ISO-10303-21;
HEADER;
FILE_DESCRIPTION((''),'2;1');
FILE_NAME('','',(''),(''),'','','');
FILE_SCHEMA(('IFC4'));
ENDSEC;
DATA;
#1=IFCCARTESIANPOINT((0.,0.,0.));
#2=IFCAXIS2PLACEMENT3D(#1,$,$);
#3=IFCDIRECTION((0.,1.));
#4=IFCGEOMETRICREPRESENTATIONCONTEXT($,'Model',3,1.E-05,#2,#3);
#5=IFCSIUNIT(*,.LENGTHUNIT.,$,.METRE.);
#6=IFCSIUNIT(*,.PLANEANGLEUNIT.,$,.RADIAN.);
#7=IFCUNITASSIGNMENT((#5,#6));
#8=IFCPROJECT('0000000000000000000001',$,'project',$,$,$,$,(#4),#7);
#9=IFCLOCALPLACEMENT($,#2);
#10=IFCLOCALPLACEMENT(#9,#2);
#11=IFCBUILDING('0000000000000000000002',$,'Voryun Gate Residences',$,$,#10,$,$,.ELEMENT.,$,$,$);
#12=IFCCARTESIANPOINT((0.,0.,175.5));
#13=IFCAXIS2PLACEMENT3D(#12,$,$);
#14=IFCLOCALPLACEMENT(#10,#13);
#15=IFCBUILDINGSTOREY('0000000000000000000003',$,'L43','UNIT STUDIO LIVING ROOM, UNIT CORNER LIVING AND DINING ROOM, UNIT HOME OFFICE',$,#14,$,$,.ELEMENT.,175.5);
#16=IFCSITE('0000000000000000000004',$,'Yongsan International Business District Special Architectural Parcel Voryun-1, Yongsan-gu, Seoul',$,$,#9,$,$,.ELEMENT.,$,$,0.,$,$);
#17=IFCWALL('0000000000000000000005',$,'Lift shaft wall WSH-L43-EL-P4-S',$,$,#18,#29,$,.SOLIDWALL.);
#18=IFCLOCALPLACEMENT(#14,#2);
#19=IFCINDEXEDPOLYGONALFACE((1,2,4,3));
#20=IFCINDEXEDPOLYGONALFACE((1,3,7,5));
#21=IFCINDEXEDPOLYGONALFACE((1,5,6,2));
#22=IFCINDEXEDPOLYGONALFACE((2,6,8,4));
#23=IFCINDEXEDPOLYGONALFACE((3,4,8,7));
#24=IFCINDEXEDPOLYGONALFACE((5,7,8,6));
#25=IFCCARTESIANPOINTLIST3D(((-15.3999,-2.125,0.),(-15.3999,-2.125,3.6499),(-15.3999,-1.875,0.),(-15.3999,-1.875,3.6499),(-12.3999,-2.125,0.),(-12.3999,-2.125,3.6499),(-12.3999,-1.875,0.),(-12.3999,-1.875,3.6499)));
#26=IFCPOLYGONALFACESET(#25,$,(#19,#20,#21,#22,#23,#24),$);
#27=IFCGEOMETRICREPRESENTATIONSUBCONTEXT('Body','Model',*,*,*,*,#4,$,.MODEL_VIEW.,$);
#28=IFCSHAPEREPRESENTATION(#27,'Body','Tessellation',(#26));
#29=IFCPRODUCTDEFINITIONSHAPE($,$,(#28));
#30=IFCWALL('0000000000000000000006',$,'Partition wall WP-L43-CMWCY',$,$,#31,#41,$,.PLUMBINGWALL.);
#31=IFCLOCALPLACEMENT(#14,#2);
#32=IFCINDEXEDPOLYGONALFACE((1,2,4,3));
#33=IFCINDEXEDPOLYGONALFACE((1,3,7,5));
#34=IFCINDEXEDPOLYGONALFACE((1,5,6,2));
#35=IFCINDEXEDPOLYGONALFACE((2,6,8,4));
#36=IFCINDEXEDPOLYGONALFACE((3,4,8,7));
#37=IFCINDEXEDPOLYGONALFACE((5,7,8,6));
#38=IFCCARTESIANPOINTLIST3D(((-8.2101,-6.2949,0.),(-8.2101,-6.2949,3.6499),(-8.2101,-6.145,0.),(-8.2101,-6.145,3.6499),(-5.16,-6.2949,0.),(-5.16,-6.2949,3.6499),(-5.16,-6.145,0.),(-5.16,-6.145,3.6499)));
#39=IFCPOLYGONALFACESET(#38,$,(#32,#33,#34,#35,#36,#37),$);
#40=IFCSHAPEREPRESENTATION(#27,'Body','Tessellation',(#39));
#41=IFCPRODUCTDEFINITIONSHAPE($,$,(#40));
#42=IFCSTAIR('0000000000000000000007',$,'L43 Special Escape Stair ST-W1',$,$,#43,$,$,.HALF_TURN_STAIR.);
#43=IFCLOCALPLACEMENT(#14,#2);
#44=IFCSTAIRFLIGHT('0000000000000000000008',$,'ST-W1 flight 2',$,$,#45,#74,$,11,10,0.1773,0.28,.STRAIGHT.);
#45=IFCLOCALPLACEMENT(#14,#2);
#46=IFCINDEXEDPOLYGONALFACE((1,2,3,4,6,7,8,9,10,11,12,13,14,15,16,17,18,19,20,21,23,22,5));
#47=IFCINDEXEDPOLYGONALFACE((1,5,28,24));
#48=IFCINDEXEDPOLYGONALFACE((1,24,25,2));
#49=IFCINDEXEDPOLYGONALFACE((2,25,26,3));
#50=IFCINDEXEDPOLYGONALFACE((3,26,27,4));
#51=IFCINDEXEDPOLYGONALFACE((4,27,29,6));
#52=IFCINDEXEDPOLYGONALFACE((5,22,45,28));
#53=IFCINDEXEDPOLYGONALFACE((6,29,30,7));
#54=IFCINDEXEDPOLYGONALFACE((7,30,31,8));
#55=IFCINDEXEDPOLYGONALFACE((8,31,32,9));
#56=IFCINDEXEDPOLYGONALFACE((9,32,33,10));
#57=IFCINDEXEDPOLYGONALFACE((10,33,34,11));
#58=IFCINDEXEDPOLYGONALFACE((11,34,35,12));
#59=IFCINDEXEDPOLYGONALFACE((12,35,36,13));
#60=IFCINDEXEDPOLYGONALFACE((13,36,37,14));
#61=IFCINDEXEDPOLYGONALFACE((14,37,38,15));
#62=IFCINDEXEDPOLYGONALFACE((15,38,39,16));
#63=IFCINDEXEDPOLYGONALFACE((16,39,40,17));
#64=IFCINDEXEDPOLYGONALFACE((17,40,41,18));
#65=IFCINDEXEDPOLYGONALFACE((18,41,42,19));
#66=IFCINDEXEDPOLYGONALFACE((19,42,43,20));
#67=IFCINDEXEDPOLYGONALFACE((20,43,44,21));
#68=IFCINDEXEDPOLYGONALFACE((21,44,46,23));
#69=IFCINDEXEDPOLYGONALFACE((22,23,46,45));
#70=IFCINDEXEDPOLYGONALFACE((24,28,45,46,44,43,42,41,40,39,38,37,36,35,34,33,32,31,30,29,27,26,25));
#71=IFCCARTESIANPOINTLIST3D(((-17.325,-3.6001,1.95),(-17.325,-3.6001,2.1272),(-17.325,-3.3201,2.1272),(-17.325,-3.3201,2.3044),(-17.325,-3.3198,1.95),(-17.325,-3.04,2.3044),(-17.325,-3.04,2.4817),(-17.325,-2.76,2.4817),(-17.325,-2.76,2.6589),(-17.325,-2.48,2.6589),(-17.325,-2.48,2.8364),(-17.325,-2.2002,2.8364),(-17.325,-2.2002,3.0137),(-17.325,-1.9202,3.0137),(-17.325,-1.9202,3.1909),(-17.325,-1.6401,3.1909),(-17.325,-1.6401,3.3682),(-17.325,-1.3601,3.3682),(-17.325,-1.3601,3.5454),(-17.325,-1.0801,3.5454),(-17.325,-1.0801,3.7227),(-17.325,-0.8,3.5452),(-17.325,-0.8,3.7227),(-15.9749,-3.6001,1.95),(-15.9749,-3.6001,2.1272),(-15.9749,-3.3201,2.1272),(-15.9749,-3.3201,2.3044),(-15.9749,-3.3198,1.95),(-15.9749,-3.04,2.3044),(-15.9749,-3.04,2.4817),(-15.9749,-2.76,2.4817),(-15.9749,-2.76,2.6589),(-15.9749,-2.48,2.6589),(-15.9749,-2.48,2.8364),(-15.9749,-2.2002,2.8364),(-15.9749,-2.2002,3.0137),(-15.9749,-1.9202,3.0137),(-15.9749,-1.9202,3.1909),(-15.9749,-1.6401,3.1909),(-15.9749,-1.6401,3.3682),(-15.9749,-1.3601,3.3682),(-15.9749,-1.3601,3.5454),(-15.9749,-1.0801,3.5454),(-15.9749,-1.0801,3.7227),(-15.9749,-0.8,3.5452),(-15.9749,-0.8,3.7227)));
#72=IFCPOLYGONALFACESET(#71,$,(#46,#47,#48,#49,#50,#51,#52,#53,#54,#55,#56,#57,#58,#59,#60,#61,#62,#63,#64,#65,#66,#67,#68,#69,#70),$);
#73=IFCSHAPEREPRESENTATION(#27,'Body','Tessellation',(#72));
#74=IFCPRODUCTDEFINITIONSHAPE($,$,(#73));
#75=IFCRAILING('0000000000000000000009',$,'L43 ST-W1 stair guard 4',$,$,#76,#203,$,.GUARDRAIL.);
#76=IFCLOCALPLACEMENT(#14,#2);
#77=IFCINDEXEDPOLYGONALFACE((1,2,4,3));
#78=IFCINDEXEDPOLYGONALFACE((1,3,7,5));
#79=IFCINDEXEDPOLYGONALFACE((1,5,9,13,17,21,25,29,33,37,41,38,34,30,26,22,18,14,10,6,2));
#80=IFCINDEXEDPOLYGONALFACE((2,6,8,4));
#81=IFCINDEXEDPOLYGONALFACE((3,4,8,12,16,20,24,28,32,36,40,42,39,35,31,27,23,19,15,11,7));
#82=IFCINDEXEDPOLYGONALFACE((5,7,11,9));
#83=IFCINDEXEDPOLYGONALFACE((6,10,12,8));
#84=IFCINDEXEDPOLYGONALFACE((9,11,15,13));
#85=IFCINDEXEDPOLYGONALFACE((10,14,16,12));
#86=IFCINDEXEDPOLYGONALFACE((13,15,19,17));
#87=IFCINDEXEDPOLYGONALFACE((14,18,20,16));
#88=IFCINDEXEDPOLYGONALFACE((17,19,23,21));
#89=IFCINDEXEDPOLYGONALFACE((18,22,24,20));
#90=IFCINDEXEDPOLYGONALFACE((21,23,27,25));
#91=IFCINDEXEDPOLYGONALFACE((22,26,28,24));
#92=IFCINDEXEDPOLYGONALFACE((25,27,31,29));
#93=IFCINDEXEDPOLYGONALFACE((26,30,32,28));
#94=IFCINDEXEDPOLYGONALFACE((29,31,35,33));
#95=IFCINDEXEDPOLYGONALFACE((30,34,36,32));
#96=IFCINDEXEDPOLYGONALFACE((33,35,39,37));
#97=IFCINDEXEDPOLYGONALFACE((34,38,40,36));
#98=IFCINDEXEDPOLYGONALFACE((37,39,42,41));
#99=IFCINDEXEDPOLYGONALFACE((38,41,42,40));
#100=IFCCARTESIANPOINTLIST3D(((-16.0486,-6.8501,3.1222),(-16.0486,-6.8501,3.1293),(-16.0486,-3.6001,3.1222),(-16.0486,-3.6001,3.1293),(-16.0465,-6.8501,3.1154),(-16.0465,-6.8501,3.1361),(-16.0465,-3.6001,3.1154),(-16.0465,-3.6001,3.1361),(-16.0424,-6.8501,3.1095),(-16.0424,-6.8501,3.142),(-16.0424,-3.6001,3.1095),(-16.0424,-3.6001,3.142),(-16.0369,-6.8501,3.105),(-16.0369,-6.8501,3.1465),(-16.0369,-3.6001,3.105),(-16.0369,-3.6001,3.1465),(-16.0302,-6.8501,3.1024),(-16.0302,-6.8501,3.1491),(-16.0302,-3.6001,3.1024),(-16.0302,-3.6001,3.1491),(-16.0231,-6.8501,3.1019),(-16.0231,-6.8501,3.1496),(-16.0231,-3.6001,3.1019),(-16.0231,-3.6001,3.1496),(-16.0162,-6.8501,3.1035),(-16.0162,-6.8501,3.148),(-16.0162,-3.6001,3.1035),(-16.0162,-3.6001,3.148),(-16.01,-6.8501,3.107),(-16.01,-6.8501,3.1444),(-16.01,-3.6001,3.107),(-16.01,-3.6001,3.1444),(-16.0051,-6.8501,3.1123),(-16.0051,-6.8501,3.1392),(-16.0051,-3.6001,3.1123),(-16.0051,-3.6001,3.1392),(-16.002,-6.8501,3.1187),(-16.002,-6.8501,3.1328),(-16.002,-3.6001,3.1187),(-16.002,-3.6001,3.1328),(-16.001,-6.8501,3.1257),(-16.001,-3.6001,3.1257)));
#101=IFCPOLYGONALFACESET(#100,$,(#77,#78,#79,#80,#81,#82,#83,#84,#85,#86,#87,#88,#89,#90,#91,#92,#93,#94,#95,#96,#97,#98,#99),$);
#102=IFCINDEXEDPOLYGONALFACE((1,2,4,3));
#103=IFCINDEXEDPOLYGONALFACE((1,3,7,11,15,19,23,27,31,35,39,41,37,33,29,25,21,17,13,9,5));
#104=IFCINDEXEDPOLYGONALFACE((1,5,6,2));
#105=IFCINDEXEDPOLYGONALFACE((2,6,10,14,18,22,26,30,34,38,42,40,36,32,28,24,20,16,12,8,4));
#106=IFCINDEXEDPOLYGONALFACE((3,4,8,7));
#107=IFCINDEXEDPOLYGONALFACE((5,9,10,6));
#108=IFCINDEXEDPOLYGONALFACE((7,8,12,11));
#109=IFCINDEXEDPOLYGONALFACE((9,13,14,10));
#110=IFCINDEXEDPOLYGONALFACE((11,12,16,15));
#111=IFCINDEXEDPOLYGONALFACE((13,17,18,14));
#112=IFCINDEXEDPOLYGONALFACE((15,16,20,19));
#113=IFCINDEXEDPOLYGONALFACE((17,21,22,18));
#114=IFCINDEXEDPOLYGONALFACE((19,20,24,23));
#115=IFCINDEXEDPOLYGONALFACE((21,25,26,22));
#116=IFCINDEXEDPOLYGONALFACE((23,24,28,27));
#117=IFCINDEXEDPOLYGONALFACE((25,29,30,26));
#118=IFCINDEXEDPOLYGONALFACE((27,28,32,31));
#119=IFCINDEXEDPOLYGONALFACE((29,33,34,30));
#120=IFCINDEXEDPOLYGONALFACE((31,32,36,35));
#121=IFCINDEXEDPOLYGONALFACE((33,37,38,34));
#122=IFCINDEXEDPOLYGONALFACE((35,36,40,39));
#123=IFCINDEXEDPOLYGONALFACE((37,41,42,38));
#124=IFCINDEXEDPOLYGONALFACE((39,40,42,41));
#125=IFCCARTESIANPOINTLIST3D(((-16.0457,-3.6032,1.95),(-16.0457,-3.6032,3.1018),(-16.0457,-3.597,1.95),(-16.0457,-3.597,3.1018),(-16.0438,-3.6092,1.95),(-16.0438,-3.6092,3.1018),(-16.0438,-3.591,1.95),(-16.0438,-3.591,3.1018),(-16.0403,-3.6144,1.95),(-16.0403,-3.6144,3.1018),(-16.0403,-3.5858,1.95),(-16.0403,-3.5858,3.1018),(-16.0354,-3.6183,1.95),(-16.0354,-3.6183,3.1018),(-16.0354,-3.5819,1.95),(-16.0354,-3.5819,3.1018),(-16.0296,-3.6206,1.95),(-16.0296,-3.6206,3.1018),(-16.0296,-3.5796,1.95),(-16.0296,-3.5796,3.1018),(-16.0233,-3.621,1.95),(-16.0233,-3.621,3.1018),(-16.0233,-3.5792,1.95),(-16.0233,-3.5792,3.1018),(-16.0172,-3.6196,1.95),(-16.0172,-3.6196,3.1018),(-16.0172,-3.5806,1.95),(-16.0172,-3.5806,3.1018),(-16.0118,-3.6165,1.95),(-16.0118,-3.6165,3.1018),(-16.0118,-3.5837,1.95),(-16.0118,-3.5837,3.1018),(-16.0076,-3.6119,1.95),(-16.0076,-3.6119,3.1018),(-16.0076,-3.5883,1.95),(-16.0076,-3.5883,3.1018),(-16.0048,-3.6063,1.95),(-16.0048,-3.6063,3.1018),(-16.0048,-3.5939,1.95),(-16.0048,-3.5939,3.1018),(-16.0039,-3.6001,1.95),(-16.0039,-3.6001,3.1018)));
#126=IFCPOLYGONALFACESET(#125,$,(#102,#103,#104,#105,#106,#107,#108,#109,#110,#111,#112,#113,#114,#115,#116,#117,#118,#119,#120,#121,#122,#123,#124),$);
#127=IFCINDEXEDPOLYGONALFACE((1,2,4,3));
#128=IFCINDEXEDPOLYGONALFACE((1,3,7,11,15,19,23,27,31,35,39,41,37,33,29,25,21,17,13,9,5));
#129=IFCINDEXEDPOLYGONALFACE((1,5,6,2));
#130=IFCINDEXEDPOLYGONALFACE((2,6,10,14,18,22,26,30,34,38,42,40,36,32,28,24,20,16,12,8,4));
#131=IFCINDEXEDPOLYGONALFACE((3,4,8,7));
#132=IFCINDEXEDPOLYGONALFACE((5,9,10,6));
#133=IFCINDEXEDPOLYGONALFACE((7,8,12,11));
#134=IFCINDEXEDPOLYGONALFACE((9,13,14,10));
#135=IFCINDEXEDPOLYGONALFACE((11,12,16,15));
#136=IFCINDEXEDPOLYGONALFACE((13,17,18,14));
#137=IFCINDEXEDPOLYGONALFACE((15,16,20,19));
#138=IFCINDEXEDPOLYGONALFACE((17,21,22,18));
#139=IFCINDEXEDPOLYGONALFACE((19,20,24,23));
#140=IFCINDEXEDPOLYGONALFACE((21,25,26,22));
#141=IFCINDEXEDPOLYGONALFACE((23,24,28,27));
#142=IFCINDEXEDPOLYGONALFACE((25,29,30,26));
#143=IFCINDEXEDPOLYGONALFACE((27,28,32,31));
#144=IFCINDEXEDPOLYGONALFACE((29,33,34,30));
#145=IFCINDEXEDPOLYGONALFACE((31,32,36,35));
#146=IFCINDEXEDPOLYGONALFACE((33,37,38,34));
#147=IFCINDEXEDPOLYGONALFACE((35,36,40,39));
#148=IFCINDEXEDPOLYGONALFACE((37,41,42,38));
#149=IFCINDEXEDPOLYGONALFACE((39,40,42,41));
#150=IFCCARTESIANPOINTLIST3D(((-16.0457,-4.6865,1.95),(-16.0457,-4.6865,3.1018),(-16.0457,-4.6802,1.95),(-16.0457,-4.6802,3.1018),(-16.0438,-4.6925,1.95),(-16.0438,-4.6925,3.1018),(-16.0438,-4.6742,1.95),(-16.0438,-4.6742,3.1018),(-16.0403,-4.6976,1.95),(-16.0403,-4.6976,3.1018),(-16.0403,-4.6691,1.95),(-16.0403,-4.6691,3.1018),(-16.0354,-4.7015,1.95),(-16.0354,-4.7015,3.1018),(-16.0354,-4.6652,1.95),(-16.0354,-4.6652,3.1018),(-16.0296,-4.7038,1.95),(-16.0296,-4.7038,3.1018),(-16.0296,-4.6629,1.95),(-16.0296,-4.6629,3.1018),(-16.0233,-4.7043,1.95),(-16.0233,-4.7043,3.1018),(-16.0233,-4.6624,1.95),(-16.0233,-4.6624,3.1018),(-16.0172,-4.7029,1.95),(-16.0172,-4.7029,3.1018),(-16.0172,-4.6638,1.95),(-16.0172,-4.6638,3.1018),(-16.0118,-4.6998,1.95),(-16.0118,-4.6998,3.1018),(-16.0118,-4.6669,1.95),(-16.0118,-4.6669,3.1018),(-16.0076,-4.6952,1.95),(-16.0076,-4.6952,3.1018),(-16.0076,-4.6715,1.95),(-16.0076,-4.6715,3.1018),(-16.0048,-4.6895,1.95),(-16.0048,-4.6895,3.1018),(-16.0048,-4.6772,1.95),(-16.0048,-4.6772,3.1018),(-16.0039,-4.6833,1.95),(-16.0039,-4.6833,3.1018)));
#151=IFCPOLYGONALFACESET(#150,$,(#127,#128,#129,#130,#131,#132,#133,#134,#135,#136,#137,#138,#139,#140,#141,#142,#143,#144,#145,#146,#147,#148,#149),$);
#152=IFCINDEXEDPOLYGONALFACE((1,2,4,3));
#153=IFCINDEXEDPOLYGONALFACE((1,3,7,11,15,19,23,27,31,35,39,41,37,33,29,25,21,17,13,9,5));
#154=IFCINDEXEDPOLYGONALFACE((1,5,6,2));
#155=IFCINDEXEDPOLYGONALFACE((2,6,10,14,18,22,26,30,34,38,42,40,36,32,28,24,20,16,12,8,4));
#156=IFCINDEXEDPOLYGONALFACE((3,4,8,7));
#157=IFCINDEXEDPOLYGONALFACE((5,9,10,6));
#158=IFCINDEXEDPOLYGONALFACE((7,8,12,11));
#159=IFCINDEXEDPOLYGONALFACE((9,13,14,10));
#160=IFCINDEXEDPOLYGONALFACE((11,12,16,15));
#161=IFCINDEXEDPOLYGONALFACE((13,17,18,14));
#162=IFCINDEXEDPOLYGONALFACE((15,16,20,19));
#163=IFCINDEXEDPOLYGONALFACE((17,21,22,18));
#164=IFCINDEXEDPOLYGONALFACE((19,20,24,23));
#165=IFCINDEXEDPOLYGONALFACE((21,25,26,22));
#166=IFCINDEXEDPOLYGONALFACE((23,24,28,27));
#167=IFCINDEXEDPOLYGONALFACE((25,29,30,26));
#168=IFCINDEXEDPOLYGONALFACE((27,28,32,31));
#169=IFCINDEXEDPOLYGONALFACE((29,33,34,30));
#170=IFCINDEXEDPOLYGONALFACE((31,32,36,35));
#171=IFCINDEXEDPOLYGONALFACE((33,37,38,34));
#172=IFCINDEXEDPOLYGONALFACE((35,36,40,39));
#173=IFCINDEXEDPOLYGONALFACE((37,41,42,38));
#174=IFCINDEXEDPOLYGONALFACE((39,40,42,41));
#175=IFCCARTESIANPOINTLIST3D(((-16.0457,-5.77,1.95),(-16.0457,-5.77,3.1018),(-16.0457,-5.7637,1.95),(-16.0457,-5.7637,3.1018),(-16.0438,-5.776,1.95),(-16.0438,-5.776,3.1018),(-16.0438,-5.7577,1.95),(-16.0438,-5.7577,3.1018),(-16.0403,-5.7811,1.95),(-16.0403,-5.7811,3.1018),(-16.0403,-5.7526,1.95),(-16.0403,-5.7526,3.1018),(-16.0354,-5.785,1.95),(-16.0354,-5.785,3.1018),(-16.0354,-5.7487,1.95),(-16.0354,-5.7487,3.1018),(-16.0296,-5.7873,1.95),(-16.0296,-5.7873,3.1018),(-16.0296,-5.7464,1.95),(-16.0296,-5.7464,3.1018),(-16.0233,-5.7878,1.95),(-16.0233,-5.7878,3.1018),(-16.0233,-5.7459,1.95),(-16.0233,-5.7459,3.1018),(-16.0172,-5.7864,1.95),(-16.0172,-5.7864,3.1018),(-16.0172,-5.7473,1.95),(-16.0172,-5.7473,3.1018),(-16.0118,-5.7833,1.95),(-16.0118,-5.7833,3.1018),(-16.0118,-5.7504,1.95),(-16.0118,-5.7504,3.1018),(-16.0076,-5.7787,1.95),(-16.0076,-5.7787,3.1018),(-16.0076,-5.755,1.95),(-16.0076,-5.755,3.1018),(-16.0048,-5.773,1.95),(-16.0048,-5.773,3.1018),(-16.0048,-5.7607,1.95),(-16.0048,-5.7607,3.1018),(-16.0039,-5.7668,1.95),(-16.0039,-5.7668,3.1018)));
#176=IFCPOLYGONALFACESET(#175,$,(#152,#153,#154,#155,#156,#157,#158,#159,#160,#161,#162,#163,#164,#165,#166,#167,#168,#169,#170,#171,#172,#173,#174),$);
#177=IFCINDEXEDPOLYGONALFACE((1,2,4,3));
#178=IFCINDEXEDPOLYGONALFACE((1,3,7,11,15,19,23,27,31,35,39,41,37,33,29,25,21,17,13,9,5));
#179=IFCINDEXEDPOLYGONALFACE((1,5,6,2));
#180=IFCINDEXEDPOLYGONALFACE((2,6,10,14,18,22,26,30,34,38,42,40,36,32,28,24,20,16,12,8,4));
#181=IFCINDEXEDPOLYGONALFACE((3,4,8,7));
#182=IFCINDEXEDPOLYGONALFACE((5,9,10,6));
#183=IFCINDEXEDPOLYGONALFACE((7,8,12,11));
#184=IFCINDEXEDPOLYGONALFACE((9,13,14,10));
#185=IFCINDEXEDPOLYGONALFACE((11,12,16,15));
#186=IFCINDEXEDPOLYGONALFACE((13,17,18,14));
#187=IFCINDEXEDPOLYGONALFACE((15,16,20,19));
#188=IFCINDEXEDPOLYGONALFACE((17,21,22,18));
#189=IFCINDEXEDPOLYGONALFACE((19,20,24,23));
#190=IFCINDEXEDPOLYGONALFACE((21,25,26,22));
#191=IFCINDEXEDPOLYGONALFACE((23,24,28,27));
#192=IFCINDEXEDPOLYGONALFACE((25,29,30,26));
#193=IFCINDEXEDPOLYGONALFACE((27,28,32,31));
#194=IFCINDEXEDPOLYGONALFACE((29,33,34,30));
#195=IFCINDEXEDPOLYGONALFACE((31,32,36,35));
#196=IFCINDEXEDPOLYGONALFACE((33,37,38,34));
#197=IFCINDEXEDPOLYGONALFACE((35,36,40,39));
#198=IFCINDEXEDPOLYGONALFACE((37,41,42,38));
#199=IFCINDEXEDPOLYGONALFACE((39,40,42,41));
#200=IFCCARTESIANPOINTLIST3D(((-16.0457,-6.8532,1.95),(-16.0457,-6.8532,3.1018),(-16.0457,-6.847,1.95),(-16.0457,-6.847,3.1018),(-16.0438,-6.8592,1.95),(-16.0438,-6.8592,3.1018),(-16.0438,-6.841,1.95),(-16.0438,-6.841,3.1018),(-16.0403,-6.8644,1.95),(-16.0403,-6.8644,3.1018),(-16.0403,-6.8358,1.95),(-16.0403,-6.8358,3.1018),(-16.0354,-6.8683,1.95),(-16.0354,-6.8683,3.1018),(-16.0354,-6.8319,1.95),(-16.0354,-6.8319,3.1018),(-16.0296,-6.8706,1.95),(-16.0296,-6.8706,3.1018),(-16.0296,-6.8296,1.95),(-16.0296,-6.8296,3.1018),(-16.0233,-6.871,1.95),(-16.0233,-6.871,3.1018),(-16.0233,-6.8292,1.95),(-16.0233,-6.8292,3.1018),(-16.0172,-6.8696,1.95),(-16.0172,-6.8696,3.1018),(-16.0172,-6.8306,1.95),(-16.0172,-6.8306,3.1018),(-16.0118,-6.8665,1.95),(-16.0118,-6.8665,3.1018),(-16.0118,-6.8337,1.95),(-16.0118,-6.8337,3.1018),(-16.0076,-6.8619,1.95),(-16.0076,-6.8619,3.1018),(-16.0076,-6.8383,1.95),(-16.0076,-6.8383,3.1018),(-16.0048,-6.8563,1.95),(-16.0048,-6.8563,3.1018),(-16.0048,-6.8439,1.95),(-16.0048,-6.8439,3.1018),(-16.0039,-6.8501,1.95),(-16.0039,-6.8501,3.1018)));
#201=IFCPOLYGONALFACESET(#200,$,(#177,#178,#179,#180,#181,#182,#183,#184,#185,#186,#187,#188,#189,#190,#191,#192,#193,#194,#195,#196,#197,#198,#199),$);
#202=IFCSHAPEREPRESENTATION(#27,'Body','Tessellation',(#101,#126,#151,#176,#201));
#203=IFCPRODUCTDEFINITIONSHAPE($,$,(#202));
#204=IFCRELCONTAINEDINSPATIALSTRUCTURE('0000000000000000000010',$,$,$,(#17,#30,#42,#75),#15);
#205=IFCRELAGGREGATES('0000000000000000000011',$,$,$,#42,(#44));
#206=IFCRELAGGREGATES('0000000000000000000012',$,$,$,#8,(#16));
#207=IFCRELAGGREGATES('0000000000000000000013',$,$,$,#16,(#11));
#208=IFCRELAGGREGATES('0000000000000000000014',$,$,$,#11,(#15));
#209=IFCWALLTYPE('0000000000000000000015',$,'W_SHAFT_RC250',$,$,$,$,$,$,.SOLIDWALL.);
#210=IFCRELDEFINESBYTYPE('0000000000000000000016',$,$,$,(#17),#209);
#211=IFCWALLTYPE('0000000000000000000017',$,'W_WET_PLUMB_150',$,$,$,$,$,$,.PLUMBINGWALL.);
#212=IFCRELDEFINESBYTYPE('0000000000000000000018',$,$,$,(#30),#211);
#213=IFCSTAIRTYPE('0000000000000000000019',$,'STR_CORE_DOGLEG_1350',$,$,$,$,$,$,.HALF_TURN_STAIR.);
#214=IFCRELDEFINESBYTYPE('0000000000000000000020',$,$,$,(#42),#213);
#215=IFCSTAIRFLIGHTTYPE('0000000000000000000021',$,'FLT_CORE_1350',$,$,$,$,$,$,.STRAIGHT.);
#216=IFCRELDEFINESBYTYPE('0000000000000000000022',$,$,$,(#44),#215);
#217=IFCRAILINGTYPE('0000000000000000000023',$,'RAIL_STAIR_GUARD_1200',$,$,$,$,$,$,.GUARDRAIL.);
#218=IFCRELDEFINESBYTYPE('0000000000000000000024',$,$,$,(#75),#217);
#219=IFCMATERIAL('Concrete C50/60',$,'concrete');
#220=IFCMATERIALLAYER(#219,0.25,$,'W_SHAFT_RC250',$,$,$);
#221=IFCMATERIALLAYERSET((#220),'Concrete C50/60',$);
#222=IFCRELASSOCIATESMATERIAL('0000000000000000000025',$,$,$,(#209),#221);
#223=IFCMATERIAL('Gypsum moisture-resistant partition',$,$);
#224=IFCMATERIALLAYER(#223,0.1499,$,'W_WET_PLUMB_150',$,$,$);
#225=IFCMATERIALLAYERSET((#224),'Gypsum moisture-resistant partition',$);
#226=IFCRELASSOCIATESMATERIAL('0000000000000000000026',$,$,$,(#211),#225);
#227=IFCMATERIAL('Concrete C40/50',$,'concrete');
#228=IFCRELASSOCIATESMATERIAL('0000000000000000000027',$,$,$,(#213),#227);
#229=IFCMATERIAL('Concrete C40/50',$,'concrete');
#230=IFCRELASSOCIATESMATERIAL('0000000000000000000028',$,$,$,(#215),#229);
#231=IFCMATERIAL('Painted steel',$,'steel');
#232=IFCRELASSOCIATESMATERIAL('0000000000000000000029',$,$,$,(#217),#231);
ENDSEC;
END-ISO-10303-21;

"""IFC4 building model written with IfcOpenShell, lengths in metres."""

from ifc_helpers import new_model, si_unit, direction, frame, frame_2d, origin, origin_2d, place, context, subcontext, project, spatial, polyline, rectangle, circle, outline, extrude, material, layer, layer_set, type_object, element, aggregate, save


model = new_model("IFC4")

# Units and contexts
model_context = context("Model", 3, precision=1e-05, world=origin(), true_north=direction((0.0, 1.0)))
body_context = subcontext(model_context, "Body", "Model", "MODEL_VIEW")
ifc_project = project(units=[si_unit("LENGTHUNIT", "METRE"), si_unit("PLANEANGLEUNIT", "RADIAN")], contexts=[model_context])

# Site, building, storey
site_placement = place(None, origin())
site = spatial("IfcSite", under=ifc_project, at=site_placement, Name="Yongsan International Business District Special Architectural Parcel Voryun-1, Yongsan-gu, Seoul", CompositionType="ELEMENT", RefElevation=0.0)
building_placement = place(site_placement, origin())
building = spatial("IfcBuilding", under=site, at=building_placement, Name="Voryun Gate Residences", CompositionType="ELEMENT")
storey_placement = place(building_placement, frame((0.0, 0.0, 175.5)))
storey = spatial("IfcBuildingStorey", under=building, at=storey_placement, Name="L43", Description="UNIT STUDIO LIVING ROOM, UNIT CORNER LIVING AND DINING ROOM, UNIT HOME OFFICE", CompositionType="ELEMENT", Elevation=175.5)

# Walls
ifc_material_1 = material(Name="Concrete C50/60", Category="concrete")
ifc_layer_1 = layer(ifc_material_1, 0.25, Name="W_SHAFT_RC250")
ifc_layer_set_1 = layer_set([ifc_layer_1], Name="Concrete C50/60")
wall_type_1 = type_object("IfcWallType", Name="W_SHAFT_RC250", PredefinedType="SOLIDWALL", material=ifc_layer_set_1)
wall_1_placement = place(storey_placement, frame((-15.3999, -2.0, 0.0), z_axis=(0.0, 0.0, 1.0), x_axis=(1.0, 0.0, 0.0)))
element("IfcWall", 1, at=wall_1_placement, inside=storey, type_object=wall_type_1, Name="Lift shaft wall WSH-L43-EL-P4-S", PredefinedType="SOLIDWALL", context=body_context, shape_type="SweptSolid", body=[
    extrude(rectangle(XDim=3.0, YDim=0.25, at=frame_2d((1.5, 0.0))), origin(), (0.0, 0.0, 1.0), 3.6499),
])
ifc_material_2 = material(Name="Gypsum moisture-resistant partition")
ifc_layer_2 = layer(ifc_material_2, 0.1499, Name="W_WET_PLUMB_150")
ifc_layer_set_2 = layer_set([ifc_layer_2], Name="Gypsum moisture-resistant partition")
wall_type_2 = type_object("IfcWallType", Name="W_WET_PLUMB_150", PredefinedType="PLUMBINGWALL", material=ifc_layer_set_2)
wall_2_placement = place(storey_placement, frame((-8.21, -6.22, 0.0), z_axis=(0.0, 0.0, 1.0), x_axis=(1.0, 0.0, 0.0)))
element("IfcWall", 2, at=wall_2_placement, inside=storey, type_object=wall_type_2, Name="Partition wall WP-L43-CMWCY", PredefinedType="PLUMBINGWALL", context=body_context, shape_type="SweptSolid", body=[
    extrude(rectangle(XDim=3.05, YDim=0.1499, at=frame_2d((1.5249, 0.0))), origin(), (0.0, 0.0, 1.0), 3.6499),
])

# Stair, stair flight
ifc_material_3 = material(Name="Concrete C40/50", Category="concrete")
stair_type = type_object("IfcStairType", Name="STR_CORE_DOGLEG_1350", PredefinedType="HALF_TURN_STAIR", material=ifc_material_3)
stair_placement = place(storey_placement, origin())
stair = element("IfcStair", 3, at=stair_placement, inside=storey, type_object=stair_type, Name="L43 Special Escape Stair ST-W1", PredefinedType="HALF_TURN_STAIR")
ifc_material_4 = material(Name="Concrete C40/50", Category="concrete")
stair_flight_type = type_object("IfcStairFlightType", Name="FLT_CORE_1350", PredefinedType="STRAIGHT", material=ifc_material_4)
stair_flight_placement = place(storey_placement, frame((-16.6499, -3.6001, 1.95), z_axis=(0.0, 0.0, 1.0), x_axis=(0.0, 1.0, 0.0)))
stair_flight = element("IfcStairFlight", 4, at=stair_flight_placement, type_object=stair_flight_type, Name="ST-W1 flight 2", NumberOfRisers=11, NumberOfTreads=10, PredefinedType="STRAIGHT", RiserHeight=0.1773, TreadLength=0.28, context=body_context, shape_type="SweptSolid", body=[
    extrude(outline(polyline([(0.0, 0.0), (0.0, 0.1772), (0.28, 0.1772), (0.28, 0.3545), (0.5601, 0.3545), (0.5601, 0.5317), (0.8401, 0.5317), (0.8401, 0.709), (1.1201, 0.709), (1.1201, 0.8865), (1.3999, 0.8865), (1.3999, 1.0637), (1.6799, 1.0637), (1.6799, 1.241), (1.96, 1.241), (1.96, 1.4182), (2.24, 1.4182), (2.24, 1.5955), (2.52, 1.5955), (2.52, 1.7727), (2.8, 1.7727), (2.8, 1.95), (2.8, 1.5952), (0.2803, 0.0), (0.0, 0.0)])), frame((0.0, 0.675, 0.0), z_axis=(0.0, -1.0, 0.0), x_axis=(1.0, 0.0, 0.0)), (0.0, 0.0, 1.0), 1.3501),
])
aggregate(stair, [stair_flight])

# Railing
ifc_material_5 = material(Name="Painted steel", Category="steel")
railing_type_1 = type_object("IfcRailingType", Name="RAIL_STAIR_GUARD_1200", PredefinedType="GUARDRAIL", material=ifc_material_5)
railing_1_placement = place(storey_placement, frame((-16.0249, -3.6001, 1.95)))
element("IfcRailing", 5, at=railing_1_placement, inside=storey, type_object=railing_type_1, Name="L43 ST-W1 stair guard 4", PredefinedType="GUARDRAIL", context=body_context, shape_type="SweptSolid", body=[
    extrude(circle(Radius=0.0239, at=origin_2d()), frame((0.0, 0.0, 1.1758), z_axis=(0.0, -1.0, 0.0), x_axis=(1.0, 0.0, 0.0)), (0.0, 0.0, 1.0), 3.25),
    extrude(circle(Radius=0.021, at=origin_2d()), origin(), (0.0, 0.0, 1.0), 1.1519),
    extrude(circle(Radius=0.021, at=origin_2d()), frame((0.0, -1.0833, 0.0)), (0.0, 0.0, 1.0), 1.1519),
    extrude(circle(Radius=0.021, at=origin_2d()), frame((0.0, -2.1667, 0.0)), (0.0, 0.0, 1.0), 1.1519),
    extrude(circle(Radius=0.021, at=origin_2d()), frame((0.0, -3.25, 0.0)), (0.0, 0.0, 1.0), 1.1519),
])

save(model, "model.ifc")
